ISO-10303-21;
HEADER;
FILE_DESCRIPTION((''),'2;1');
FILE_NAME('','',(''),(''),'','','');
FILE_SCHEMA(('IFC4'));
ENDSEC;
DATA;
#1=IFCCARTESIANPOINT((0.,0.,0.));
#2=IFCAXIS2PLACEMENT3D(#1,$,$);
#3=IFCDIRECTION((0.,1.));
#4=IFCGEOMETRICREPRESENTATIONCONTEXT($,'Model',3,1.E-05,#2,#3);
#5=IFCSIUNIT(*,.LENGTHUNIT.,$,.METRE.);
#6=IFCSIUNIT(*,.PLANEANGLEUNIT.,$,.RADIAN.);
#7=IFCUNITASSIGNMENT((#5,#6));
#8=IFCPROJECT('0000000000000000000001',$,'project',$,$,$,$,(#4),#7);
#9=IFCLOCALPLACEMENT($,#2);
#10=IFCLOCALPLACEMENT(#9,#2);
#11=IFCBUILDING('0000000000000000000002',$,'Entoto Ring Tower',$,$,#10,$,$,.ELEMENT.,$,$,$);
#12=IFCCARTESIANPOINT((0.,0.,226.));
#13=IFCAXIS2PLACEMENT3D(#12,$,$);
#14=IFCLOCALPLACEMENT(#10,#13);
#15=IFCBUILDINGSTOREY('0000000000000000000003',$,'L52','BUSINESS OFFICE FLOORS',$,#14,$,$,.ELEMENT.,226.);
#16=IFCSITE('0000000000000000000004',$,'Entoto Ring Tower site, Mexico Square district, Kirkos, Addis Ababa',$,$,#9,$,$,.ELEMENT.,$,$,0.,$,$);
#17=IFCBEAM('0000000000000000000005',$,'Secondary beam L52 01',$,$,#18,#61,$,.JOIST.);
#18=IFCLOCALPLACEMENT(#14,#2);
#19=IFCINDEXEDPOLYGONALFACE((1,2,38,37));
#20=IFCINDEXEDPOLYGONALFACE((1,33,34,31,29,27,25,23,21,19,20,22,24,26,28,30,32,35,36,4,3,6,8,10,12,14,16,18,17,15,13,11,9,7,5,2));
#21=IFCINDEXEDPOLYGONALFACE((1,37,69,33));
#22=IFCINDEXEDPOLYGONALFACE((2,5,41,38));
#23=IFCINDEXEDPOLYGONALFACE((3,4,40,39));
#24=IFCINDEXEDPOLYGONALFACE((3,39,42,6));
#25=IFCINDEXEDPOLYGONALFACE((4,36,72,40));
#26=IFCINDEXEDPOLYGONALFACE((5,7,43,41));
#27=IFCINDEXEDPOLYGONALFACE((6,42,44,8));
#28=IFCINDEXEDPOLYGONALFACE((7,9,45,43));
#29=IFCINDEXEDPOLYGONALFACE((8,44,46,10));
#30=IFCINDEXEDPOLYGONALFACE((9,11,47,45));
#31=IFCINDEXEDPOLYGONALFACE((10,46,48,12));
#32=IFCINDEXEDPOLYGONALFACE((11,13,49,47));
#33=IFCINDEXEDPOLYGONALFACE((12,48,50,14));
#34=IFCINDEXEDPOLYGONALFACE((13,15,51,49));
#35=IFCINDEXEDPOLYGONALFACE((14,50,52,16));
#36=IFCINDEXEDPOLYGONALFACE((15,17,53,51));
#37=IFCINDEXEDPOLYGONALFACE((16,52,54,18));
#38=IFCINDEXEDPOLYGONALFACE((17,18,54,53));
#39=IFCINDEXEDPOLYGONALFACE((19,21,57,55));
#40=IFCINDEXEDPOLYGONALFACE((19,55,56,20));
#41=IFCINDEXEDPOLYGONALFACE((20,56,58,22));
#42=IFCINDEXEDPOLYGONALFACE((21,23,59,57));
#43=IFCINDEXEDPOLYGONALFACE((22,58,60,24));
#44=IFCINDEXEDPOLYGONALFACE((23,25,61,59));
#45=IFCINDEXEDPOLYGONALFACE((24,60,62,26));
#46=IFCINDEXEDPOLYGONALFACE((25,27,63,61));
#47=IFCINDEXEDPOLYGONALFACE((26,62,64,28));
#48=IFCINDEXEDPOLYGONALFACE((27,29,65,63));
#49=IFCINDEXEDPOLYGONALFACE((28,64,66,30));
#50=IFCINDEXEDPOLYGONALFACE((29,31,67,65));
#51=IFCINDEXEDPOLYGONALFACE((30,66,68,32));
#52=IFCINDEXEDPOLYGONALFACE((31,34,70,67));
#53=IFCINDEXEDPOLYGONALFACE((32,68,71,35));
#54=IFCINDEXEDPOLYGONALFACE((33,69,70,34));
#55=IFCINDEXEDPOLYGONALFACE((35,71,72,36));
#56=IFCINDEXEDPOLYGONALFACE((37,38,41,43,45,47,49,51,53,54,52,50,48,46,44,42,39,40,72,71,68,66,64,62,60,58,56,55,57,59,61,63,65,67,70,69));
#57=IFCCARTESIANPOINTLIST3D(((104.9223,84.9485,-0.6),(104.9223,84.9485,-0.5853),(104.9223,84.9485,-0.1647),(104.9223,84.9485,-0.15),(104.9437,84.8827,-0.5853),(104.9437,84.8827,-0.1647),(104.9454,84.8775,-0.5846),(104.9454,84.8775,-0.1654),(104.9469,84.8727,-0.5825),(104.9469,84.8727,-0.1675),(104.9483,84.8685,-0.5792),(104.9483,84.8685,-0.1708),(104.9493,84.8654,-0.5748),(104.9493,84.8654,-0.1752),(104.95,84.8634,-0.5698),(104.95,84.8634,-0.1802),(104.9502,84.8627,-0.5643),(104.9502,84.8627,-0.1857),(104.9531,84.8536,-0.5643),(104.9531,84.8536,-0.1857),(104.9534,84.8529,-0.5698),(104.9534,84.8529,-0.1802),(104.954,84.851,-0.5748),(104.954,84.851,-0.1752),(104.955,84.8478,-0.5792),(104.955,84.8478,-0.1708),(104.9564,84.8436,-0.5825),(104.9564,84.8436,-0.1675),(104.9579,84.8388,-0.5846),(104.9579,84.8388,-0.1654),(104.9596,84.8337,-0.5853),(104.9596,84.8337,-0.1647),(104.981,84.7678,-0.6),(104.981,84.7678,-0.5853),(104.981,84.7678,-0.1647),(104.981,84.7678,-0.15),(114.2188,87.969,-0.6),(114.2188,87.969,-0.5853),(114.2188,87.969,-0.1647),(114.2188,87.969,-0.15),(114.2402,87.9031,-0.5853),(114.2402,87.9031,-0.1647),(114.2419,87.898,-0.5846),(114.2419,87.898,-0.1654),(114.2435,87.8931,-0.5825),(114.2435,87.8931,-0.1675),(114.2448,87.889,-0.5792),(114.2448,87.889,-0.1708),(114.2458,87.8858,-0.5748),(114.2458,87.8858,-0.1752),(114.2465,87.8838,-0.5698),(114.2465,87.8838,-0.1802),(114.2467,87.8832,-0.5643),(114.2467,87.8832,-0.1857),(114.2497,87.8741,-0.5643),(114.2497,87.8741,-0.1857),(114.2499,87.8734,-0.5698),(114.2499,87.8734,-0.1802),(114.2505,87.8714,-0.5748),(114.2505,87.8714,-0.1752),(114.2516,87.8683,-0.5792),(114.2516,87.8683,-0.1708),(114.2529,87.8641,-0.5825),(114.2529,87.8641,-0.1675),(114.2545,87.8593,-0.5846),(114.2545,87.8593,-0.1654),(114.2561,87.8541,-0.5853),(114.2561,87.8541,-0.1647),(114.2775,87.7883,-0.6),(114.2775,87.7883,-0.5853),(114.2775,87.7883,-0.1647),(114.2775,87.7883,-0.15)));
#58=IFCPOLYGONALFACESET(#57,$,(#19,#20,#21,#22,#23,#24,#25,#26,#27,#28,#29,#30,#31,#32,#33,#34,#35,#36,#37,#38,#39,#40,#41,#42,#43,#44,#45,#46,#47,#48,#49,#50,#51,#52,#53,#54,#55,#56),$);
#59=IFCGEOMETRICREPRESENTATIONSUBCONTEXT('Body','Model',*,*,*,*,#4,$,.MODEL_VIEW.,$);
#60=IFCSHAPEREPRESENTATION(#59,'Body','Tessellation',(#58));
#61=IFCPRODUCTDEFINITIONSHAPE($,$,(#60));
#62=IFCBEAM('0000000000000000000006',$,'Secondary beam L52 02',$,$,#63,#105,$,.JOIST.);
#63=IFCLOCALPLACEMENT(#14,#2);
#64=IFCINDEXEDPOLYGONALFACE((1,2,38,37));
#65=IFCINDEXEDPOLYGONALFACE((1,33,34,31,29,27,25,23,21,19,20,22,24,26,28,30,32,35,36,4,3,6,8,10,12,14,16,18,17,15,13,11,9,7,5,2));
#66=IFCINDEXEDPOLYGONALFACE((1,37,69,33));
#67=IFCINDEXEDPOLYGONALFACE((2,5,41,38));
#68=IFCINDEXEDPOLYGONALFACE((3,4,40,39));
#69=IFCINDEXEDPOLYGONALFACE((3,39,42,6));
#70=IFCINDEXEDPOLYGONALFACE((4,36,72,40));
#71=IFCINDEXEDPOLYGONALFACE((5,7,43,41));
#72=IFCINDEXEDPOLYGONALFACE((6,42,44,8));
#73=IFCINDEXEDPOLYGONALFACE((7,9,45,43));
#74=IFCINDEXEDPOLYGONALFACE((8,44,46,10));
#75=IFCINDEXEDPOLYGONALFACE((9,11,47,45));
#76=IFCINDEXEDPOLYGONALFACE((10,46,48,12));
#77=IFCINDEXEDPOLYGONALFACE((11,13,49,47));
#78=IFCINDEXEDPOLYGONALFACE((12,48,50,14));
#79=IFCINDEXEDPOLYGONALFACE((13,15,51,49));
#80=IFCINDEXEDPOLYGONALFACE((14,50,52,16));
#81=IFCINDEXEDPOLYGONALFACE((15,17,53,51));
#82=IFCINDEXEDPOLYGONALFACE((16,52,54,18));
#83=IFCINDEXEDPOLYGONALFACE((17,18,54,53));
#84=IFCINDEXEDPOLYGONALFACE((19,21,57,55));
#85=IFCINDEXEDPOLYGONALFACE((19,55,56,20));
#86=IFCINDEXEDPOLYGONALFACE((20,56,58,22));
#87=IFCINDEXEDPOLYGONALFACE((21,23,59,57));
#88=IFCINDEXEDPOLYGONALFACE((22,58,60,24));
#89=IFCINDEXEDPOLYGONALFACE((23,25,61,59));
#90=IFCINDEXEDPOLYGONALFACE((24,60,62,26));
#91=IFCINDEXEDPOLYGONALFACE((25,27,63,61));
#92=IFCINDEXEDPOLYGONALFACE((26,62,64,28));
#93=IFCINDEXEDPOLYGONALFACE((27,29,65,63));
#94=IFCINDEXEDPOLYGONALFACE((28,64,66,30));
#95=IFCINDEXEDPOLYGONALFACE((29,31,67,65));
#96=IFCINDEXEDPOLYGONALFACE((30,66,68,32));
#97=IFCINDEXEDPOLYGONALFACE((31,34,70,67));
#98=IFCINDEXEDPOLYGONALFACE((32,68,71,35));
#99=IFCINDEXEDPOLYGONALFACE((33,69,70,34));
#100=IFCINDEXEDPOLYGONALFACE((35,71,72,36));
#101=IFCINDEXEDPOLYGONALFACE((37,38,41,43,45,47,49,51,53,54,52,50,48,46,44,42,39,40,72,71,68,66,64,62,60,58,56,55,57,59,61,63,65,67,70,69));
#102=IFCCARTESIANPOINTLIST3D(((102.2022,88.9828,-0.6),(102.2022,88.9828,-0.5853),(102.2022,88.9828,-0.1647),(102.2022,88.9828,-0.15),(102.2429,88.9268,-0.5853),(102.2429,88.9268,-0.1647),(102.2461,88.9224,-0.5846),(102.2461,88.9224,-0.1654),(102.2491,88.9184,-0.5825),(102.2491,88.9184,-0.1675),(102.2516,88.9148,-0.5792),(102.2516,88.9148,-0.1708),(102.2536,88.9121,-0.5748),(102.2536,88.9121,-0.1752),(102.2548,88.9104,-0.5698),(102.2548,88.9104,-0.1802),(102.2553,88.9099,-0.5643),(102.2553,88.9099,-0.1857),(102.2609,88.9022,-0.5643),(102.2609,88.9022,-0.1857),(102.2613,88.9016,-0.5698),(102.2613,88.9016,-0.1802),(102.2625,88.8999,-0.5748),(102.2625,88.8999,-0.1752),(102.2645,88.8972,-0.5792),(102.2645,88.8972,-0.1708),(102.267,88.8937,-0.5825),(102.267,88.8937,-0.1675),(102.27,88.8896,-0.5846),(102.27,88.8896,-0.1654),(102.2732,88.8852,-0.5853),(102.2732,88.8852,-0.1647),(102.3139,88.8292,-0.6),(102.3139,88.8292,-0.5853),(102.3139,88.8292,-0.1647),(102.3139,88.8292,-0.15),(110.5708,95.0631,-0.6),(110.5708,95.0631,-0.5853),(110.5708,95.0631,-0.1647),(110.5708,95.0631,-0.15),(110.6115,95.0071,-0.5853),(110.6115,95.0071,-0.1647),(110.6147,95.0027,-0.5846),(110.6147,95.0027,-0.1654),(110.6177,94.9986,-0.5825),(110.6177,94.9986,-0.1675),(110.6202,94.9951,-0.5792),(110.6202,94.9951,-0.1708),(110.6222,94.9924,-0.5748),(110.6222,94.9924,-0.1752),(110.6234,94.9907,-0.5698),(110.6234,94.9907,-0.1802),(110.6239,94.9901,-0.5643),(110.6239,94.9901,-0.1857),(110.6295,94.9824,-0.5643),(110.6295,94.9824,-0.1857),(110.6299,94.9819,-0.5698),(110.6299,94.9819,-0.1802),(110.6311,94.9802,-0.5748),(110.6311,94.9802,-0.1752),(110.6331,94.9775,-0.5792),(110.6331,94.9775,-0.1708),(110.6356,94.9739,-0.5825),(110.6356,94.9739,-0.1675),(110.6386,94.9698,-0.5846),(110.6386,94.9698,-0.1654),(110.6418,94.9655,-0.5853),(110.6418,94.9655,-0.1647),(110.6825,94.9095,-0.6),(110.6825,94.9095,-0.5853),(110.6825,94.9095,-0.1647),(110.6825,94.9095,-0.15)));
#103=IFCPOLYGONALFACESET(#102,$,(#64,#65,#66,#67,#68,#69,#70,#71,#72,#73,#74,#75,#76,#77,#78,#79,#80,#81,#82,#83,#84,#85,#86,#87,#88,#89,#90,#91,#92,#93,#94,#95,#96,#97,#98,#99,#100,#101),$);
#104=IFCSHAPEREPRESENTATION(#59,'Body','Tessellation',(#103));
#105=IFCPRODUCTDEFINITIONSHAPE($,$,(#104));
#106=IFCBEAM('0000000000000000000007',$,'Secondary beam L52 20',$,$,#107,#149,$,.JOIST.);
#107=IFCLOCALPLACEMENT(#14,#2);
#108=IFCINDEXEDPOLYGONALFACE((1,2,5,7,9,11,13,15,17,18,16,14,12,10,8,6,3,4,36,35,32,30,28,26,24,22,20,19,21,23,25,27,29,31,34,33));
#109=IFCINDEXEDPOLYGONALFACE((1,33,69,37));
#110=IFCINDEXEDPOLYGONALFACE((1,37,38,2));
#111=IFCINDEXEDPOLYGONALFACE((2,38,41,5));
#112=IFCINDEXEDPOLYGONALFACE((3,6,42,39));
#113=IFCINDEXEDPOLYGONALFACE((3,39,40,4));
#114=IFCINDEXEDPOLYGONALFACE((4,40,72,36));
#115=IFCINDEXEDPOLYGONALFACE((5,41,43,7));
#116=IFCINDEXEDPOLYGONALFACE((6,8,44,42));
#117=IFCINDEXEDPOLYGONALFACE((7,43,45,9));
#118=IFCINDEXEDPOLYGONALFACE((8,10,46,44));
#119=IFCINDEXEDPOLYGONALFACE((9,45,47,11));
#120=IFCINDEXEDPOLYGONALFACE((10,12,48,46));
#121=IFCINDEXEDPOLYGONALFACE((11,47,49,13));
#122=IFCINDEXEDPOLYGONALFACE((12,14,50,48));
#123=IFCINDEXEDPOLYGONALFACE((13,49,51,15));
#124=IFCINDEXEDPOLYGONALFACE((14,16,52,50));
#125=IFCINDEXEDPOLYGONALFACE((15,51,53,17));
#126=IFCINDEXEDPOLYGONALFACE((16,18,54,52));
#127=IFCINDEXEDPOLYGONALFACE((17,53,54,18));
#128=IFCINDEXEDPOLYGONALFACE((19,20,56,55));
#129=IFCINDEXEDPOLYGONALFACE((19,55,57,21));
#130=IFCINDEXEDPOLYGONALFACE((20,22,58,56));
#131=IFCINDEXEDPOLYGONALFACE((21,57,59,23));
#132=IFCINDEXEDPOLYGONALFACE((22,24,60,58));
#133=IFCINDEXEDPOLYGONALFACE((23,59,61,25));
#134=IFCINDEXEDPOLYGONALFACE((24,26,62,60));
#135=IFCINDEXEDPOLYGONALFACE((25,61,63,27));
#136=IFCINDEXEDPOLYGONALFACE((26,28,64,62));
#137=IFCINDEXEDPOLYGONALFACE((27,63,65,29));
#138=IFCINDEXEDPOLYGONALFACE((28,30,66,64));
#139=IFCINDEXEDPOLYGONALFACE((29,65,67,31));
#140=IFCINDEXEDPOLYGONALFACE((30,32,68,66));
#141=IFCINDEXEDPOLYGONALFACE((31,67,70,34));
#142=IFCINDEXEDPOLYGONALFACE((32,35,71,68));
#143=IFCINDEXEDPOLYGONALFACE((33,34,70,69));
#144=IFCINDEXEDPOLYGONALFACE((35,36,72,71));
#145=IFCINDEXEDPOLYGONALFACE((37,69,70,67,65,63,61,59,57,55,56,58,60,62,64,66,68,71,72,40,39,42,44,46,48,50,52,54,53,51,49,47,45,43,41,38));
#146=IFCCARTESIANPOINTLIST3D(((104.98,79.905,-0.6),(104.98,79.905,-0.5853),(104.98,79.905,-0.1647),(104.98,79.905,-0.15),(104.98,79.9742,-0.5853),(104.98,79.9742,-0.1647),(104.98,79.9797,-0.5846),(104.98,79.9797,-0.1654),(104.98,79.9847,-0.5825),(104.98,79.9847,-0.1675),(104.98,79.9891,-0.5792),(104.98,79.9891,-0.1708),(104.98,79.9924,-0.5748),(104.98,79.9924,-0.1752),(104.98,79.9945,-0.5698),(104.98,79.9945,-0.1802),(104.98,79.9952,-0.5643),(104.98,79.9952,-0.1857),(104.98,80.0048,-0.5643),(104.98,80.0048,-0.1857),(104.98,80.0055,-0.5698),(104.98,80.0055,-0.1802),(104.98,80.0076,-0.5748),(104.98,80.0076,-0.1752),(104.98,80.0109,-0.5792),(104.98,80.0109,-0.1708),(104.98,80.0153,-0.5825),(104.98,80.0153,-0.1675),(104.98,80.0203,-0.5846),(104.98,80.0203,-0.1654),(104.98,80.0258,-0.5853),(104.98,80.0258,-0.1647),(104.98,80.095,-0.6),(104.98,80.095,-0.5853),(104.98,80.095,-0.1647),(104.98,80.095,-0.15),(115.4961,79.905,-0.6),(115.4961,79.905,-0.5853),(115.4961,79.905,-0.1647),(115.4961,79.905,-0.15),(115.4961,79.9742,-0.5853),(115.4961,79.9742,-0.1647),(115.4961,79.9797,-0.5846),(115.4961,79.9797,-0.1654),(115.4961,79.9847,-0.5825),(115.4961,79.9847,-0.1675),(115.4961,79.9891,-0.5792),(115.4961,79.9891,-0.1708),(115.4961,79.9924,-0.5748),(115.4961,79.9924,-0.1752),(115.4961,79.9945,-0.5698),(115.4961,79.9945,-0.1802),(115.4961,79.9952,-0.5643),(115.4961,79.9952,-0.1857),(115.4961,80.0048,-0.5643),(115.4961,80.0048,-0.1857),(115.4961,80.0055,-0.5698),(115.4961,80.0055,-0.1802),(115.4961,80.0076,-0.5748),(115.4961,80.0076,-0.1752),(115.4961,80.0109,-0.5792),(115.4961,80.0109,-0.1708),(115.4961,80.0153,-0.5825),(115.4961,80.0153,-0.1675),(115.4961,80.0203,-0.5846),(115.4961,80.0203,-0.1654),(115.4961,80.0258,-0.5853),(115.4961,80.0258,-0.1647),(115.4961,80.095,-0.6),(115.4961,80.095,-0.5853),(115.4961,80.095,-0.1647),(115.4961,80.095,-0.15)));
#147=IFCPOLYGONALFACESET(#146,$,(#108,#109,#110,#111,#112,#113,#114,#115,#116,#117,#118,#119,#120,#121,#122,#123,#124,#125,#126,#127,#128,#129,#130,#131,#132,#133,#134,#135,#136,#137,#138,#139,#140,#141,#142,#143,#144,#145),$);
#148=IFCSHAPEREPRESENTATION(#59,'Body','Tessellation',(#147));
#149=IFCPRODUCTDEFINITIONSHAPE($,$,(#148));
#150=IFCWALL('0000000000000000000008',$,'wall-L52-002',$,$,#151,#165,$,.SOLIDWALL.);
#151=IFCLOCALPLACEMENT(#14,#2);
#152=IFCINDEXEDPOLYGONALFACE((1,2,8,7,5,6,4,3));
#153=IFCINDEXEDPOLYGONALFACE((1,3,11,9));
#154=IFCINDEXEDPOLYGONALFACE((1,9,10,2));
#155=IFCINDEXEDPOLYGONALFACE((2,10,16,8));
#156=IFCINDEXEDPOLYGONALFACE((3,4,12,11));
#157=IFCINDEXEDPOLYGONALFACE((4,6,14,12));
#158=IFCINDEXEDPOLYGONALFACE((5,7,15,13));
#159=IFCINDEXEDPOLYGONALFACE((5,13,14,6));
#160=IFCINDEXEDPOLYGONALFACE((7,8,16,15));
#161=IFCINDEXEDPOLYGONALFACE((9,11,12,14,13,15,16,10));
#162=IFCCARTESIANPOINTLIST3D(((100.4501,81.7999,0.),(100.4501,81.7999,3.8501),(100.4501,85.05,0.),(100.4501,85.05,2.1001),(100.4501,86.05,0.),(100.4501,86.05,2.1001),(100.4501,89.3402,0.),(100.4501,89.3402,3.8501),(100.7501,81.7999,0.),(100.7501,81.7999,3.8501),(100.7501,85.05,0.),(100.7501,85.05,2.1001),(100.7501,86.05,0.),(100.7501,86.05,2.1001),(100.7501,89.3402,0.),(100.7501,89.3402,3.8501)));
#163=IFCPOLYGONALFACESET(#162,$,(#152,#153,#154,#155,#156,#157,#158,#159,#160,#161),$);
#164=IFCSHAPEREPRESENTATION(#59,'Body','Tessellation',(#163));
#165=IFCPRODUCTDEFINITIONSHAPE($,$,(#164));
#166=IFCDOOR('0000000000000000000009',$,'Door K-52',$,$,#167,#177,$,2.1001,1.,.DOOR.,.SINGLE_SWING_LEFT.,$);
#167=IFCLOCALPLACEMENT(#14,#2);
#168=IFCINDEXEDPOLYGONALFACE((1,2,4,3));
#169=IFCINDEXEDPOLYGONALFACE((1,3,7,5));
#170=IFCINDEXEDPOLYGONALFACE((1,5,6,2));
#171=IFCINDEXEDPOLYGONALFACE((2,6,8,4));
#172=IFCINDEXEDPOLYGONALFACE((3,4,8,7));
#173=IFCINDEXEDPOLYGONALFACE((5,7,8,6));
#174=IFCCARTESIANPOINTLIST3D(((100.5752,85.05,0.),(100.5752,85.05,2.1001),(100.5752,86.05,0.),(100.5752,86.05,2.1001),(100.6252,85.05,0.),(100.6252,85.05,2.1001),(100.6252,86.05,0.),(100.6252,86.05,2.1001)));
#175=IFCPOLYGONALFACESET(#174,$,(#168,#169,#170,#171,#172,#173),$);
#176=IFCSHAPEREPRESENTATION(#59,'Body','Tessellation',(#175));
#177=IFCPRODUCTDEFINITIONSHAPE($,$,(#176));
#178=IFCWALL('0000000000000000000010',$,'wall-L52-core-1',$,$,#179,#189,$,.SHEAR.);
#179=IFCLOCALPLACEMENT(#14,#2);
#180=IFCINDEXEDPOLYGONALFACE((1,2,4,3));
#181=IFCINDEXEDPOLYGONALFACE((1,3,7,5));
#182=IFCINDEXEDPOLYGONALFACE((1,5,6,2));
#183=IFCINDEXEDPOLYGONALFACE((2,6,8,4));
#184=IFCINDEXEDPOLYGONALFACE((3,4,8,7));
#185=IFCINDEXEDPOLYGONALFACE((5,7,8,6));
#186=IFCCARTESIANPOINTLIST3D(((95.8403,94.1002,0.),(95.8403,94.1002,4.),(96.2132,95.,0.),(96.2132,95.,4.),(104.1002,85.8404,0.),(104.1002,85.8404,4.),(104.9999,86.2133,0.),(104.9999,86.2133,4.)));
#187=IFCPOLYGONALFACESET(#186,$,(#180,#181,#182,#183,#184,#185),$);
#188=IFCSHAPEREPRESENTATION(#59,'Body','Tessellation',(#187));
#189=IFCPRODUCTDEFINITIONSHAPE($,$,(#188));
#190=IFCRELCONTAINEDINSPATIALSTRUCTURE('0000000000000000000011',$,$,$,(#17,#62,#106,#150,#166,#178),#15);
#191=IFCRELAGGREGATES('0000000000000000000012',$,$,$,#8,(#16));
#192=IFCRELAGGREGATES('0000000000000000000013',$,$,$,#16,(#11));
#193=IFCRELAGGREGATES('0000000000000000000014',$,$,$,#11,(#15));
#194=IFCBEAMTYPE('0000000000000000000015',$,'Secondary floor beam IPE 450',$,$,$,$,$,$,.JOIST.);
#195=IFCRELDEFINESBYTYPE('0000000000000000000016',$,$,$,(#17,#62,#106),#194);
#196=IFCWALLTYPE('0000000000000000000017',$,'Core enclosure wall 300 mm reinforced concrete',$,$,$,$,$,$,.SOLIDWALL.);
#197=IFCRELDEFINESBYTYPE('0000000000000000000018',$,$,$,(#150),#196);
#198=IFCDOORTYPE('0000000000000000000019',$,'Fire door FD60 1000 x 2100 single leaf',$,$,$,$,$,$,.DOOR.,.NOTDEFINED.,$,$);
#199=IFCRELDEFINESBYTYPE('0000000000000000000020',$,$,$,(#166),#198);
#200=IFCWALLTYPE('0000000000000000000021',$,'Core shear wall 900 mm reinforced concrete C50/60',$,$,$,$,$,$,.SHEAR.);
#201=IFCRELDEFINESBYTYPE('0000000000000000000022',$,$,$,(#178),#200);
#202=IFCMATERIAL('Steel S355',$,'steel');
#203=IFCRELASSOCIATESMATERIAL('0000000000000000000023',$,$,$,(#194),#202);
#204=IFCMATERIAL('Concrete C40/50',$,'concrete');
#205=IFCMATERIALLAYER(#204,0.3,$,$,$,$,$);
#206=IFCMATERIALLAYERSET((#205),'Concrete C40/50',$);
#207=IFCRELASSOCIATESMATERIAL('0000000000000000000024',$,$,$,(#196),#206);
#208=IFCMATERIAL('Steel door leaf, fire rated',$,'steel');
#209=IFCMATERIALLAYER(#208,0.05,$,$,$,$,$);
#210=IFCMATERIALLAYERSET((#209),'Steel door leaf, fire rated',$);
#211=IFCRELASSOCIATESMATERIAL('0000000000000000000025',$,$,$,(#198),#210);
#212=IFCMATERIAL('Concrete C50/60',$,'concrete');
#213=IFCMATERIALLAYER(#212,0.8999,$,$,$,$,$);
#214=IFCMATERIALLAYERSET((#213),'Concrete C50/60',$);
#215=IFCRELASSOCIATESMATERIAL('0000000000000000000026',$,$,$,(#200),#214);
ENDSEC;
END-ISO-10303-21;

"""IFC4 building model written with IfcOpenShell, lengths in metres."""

from ifc_helpers import new_model, si_unit, direction, frame, frame_2d, origin, origin_2d, place, context, subcontext, project, spatial, polyline, rectangle, i_section, outline, extrude, material, layer, layer_set, material_profile, profile_set, type_object, element, fill, save


model = new_model("IFC4")

# Units and contexts
model_context = context("Model", 3, precision=1e-05, world=origin(), true_north=direction((0.0, 1.0)))
body_context = subcontext(model_context, "Body", "Model", "MODEL_VIEW")
ifc_project = project(units=[si_unit("LENGTHUNIT", "METRE"), si_unit("PLANEANGLEUNIT", "RADIAN")], contexts=[model_context])

# Site, building, storey
site_placement = place(None, origin())
site = spatial("IfcSite", under=ifc_project, at=site_placement, Name="Entoto Ring Tower site, Mexico Square district, Kirkos, Addis Ababa", CompositionType="ELEMENT", RefElevation=0.0)
building_placement = place(site_placement, origin())
building = spatial("IfcBuilding", under=site, at=building_placement, Name="Entoto Ring Tower", CompositionType="ELEMENT")
storey_placement = place(building_placement, frame((0.0, 0.0, 226.0)))
storey = spatial("IfcBuildingStorey", under=building, at=storey_placement, Name="L52", Description="BUSINESS OFFICE FLOORS", CompositionType="ELEMENT", Elevation=226.0)

# Beams
ifc_material_1 = material(Name="Steel S355", Category="steel")
ifc_material_profile_1 = material_profile(ifc_material_1, i_section(OverallWidth=0.1899, OverallDepth=0.45, WebThickness=0.0095, FlangeThickness=0.0146, FilletRadius=0.021, at=origin_2d()), Name="IPE 450")
ifc_profile_set_1 = profile_set([ifc_material_profile_1], Name="Steel S355")
beam_type_1 = type_object("IfcBeamType", Name="Secondary floor beam IPE 450", PredefinedType="JOIST", material=ifc_profile_set_1)
beam_1_placement = place(storey_placement, frame((104.9517, 84.8582, -0.375), z_axis=(0.951061, 0.309003, 0.0), x_axis=(-0.309003, 0.951061, 0.0)))
element("IfcBeam", 1, at=beam_1_placement, inside=storey, type_object=beam_type_1, Name="Secondary beam L52 01", PredefinedType="JOIST", context=body_context, shape_type="SweptSolid", body=[
    extrude(i_section(OverallWidth=0.1899, OverallDepth=0.45, WebThickness=0.0095, FlangeThickness=0.0146, FilletRadius=0.021, at=origin_2d()), origin(), (0.0, 0.0, 1.0), 9.7749),
])
beam_2_placement = place(storey_placement, frame((102.2581, 88.906, -0.375), z_axis=(0.809011, 0.587794, 0.0), x_axis=(-0.587794, 0.809011, 0.0)))
element("IfcBeam", 2, at=beam_2_placement, inside=storey, type_object=beam_type_1, Name="Secondary beam L52 02", PredefinedType="JOIST", context=body_context, shape_type="SweptSolid", body=[
    extrude(i_section(OverallWidth=0.1899, OverallDepth=0.45, WebThickness=0.0095, FlangeThickness=0.0146, FilletRadius=0.021, at=origin_2d()), origin(), (0.0, 0.0, 1.0), 10.3442),
])
beam_3_placement = place(storey_placement, frame((104.98, 80.0, -0.375), z_axis=(1.0, 0.0, 0.0), x_axis=(0.0, 1.0, 0.0)))
element("IfcBeam", 3, at=beam_3_placement, inside=storey, type_object=beam_type_1, Name="Secondary beam L52 20", PredefinedType="JOIST", context=body_context, shape_type="SweptSolid", body=[
    extrude(i_section(OverallWidth=0.1899, OverallDepth=0.45, WebThickness=0.0095, FlangeThickness=0.0146, FilletRadius=0.021, at=origin_2d()), origin(), (0.0, 0.0, 1.0), 10.5161),
])

# Wall, opening, door
ifc_material_2 = material(Name="Concrete C40/50", Category="concrete")
ifc_layer_1 = layer(ifc_material_2, 0.3)
ifc_layer_set_1 = layer_set([ifc_layer_1], Name="Concrete C40/50")
wall_type_1 = type_object("IfcWallType", Name="Core enclosure wall 300 mm reinforced concrete", PredefinedType="SOLIDWALL", material=ifc_layer_set_1)
wall_1_placement = place(storey_placement, frame((100.6001, 81.8, 0.0), z_axis=(0.0, 0.0, 1.0), x_axis=(0.0, 1.0, 0.0)))
wall_1 = element("IfcWall", 4, at=wall_1_placement, inside=storey, type_object=wall_type_1, Name="wall-L52-002", PredefinedType="SOLIDWALL", context=body_context, shape_type="SweptSolid", body=[
    extrude(rectangle(XDim=7.5403, YDim=0.3, at=frame_2d((3.77, 0.0))), origin(), (0.0, 0.0, 1.0), 3.8501),
])
opening_1_placement = place(wall_1_placement, frame((3.25, 0.0, 0.0)))
opening_1 = element("IfcOpeningElement", 5, at=opening_1_placement, cuts=wall_1, PredefinedType="OPENING", context=body_context, shape_type="SweptSolid", body=[
    extrude(rectangle(XDim=1.0, YDim=2.1001, at=frame_2d((0.5, 1.05))), frame((0.0, 0.1602, 0.0), z_axis=(0.0, -1.0, 0.0), x_axis=(1.0, 0.0, 0.0)), (0.0, 0.0, 1.0), 0.3201),
])
ifc_material_3 = material(Name="Steel door leaf, fire rated", Category="steel")
ifc_layer_2 = layer(ifc_material_3, 0.05)
ifc_layer_set_2 = layer_set([ifc_layer_2], Name="Steel door leaf, fire rated")
door_type_1 = type_object("IfcDoorType", Name="Fire door FD60 1000 x 2100 single leaf", OperationType="NOTDEFINED", PredefinedType="DOOR", material=ifc_layer_set_2)
door_1_placement = place(opening_1_placement, origin())
door_1 = element("IfcDoor", 6, at=door_1_placement, inside=storey, type_object=door_type_1, Name="Door K-52", OperationType="SINGLE_SWING_LEFT", OverallHeight=2.1001, OverallWidth=1.0, PredefinedType="DOOR", context=body_context, shape_type="SweptSolid", body=[
    extrude(rectangle(XDim=1.0, YDim=2.1001, at=frame_2d((0.5, 1.05))), frame((0.0, 0.0249, 0.0), z_axis=(0.0, -1.0, 0.0), x_axis=(1.0, 0.0, 0.0)), (0.0, 0.0, 1.0), 0.05),
])
fill(opening_1, door_1)

# Wall
ifc_material_4 = material(Name="Concrete C50/60", Category="concrete")
ifc_layer_3 = layer(ifc_material_4, 0.8999)
ifc_layer_set_3 = layer_set([ifc_layer_3], Name="Concrete C50/60")
wall_type_2 = type_object("IfcWallType", Name="Core shear wall 900 mm reinforced concrete C50/60", PredefinedType="SHEAR", material=ifc_layer_set_3)
wall_2_placement = place(storey_placement, frame((104.55, 86.0269, 0.0), z_axis=(0.0, 0.0, 1.0), x_axis=(-0.707107, 0.707107, 0.0)))
element("IfcWall", 7, at=wall_2_placement, inside=storey, type_object=wall_type_2, Name="wall-L52-core-1", PredefinedType="SHEAR", context=body_context, shape_type="SweptSolid", body=[
    extrude(outline(polyline([(-0.1863, -0.45), (12.24, -0.45), (11.8674, 0.45), (0.1863, 0.45), (-0.1863, -0.45)])), origin(), (0.0, 0.0, 1.0), 4.0),
])

save(model, "model.ifc")
